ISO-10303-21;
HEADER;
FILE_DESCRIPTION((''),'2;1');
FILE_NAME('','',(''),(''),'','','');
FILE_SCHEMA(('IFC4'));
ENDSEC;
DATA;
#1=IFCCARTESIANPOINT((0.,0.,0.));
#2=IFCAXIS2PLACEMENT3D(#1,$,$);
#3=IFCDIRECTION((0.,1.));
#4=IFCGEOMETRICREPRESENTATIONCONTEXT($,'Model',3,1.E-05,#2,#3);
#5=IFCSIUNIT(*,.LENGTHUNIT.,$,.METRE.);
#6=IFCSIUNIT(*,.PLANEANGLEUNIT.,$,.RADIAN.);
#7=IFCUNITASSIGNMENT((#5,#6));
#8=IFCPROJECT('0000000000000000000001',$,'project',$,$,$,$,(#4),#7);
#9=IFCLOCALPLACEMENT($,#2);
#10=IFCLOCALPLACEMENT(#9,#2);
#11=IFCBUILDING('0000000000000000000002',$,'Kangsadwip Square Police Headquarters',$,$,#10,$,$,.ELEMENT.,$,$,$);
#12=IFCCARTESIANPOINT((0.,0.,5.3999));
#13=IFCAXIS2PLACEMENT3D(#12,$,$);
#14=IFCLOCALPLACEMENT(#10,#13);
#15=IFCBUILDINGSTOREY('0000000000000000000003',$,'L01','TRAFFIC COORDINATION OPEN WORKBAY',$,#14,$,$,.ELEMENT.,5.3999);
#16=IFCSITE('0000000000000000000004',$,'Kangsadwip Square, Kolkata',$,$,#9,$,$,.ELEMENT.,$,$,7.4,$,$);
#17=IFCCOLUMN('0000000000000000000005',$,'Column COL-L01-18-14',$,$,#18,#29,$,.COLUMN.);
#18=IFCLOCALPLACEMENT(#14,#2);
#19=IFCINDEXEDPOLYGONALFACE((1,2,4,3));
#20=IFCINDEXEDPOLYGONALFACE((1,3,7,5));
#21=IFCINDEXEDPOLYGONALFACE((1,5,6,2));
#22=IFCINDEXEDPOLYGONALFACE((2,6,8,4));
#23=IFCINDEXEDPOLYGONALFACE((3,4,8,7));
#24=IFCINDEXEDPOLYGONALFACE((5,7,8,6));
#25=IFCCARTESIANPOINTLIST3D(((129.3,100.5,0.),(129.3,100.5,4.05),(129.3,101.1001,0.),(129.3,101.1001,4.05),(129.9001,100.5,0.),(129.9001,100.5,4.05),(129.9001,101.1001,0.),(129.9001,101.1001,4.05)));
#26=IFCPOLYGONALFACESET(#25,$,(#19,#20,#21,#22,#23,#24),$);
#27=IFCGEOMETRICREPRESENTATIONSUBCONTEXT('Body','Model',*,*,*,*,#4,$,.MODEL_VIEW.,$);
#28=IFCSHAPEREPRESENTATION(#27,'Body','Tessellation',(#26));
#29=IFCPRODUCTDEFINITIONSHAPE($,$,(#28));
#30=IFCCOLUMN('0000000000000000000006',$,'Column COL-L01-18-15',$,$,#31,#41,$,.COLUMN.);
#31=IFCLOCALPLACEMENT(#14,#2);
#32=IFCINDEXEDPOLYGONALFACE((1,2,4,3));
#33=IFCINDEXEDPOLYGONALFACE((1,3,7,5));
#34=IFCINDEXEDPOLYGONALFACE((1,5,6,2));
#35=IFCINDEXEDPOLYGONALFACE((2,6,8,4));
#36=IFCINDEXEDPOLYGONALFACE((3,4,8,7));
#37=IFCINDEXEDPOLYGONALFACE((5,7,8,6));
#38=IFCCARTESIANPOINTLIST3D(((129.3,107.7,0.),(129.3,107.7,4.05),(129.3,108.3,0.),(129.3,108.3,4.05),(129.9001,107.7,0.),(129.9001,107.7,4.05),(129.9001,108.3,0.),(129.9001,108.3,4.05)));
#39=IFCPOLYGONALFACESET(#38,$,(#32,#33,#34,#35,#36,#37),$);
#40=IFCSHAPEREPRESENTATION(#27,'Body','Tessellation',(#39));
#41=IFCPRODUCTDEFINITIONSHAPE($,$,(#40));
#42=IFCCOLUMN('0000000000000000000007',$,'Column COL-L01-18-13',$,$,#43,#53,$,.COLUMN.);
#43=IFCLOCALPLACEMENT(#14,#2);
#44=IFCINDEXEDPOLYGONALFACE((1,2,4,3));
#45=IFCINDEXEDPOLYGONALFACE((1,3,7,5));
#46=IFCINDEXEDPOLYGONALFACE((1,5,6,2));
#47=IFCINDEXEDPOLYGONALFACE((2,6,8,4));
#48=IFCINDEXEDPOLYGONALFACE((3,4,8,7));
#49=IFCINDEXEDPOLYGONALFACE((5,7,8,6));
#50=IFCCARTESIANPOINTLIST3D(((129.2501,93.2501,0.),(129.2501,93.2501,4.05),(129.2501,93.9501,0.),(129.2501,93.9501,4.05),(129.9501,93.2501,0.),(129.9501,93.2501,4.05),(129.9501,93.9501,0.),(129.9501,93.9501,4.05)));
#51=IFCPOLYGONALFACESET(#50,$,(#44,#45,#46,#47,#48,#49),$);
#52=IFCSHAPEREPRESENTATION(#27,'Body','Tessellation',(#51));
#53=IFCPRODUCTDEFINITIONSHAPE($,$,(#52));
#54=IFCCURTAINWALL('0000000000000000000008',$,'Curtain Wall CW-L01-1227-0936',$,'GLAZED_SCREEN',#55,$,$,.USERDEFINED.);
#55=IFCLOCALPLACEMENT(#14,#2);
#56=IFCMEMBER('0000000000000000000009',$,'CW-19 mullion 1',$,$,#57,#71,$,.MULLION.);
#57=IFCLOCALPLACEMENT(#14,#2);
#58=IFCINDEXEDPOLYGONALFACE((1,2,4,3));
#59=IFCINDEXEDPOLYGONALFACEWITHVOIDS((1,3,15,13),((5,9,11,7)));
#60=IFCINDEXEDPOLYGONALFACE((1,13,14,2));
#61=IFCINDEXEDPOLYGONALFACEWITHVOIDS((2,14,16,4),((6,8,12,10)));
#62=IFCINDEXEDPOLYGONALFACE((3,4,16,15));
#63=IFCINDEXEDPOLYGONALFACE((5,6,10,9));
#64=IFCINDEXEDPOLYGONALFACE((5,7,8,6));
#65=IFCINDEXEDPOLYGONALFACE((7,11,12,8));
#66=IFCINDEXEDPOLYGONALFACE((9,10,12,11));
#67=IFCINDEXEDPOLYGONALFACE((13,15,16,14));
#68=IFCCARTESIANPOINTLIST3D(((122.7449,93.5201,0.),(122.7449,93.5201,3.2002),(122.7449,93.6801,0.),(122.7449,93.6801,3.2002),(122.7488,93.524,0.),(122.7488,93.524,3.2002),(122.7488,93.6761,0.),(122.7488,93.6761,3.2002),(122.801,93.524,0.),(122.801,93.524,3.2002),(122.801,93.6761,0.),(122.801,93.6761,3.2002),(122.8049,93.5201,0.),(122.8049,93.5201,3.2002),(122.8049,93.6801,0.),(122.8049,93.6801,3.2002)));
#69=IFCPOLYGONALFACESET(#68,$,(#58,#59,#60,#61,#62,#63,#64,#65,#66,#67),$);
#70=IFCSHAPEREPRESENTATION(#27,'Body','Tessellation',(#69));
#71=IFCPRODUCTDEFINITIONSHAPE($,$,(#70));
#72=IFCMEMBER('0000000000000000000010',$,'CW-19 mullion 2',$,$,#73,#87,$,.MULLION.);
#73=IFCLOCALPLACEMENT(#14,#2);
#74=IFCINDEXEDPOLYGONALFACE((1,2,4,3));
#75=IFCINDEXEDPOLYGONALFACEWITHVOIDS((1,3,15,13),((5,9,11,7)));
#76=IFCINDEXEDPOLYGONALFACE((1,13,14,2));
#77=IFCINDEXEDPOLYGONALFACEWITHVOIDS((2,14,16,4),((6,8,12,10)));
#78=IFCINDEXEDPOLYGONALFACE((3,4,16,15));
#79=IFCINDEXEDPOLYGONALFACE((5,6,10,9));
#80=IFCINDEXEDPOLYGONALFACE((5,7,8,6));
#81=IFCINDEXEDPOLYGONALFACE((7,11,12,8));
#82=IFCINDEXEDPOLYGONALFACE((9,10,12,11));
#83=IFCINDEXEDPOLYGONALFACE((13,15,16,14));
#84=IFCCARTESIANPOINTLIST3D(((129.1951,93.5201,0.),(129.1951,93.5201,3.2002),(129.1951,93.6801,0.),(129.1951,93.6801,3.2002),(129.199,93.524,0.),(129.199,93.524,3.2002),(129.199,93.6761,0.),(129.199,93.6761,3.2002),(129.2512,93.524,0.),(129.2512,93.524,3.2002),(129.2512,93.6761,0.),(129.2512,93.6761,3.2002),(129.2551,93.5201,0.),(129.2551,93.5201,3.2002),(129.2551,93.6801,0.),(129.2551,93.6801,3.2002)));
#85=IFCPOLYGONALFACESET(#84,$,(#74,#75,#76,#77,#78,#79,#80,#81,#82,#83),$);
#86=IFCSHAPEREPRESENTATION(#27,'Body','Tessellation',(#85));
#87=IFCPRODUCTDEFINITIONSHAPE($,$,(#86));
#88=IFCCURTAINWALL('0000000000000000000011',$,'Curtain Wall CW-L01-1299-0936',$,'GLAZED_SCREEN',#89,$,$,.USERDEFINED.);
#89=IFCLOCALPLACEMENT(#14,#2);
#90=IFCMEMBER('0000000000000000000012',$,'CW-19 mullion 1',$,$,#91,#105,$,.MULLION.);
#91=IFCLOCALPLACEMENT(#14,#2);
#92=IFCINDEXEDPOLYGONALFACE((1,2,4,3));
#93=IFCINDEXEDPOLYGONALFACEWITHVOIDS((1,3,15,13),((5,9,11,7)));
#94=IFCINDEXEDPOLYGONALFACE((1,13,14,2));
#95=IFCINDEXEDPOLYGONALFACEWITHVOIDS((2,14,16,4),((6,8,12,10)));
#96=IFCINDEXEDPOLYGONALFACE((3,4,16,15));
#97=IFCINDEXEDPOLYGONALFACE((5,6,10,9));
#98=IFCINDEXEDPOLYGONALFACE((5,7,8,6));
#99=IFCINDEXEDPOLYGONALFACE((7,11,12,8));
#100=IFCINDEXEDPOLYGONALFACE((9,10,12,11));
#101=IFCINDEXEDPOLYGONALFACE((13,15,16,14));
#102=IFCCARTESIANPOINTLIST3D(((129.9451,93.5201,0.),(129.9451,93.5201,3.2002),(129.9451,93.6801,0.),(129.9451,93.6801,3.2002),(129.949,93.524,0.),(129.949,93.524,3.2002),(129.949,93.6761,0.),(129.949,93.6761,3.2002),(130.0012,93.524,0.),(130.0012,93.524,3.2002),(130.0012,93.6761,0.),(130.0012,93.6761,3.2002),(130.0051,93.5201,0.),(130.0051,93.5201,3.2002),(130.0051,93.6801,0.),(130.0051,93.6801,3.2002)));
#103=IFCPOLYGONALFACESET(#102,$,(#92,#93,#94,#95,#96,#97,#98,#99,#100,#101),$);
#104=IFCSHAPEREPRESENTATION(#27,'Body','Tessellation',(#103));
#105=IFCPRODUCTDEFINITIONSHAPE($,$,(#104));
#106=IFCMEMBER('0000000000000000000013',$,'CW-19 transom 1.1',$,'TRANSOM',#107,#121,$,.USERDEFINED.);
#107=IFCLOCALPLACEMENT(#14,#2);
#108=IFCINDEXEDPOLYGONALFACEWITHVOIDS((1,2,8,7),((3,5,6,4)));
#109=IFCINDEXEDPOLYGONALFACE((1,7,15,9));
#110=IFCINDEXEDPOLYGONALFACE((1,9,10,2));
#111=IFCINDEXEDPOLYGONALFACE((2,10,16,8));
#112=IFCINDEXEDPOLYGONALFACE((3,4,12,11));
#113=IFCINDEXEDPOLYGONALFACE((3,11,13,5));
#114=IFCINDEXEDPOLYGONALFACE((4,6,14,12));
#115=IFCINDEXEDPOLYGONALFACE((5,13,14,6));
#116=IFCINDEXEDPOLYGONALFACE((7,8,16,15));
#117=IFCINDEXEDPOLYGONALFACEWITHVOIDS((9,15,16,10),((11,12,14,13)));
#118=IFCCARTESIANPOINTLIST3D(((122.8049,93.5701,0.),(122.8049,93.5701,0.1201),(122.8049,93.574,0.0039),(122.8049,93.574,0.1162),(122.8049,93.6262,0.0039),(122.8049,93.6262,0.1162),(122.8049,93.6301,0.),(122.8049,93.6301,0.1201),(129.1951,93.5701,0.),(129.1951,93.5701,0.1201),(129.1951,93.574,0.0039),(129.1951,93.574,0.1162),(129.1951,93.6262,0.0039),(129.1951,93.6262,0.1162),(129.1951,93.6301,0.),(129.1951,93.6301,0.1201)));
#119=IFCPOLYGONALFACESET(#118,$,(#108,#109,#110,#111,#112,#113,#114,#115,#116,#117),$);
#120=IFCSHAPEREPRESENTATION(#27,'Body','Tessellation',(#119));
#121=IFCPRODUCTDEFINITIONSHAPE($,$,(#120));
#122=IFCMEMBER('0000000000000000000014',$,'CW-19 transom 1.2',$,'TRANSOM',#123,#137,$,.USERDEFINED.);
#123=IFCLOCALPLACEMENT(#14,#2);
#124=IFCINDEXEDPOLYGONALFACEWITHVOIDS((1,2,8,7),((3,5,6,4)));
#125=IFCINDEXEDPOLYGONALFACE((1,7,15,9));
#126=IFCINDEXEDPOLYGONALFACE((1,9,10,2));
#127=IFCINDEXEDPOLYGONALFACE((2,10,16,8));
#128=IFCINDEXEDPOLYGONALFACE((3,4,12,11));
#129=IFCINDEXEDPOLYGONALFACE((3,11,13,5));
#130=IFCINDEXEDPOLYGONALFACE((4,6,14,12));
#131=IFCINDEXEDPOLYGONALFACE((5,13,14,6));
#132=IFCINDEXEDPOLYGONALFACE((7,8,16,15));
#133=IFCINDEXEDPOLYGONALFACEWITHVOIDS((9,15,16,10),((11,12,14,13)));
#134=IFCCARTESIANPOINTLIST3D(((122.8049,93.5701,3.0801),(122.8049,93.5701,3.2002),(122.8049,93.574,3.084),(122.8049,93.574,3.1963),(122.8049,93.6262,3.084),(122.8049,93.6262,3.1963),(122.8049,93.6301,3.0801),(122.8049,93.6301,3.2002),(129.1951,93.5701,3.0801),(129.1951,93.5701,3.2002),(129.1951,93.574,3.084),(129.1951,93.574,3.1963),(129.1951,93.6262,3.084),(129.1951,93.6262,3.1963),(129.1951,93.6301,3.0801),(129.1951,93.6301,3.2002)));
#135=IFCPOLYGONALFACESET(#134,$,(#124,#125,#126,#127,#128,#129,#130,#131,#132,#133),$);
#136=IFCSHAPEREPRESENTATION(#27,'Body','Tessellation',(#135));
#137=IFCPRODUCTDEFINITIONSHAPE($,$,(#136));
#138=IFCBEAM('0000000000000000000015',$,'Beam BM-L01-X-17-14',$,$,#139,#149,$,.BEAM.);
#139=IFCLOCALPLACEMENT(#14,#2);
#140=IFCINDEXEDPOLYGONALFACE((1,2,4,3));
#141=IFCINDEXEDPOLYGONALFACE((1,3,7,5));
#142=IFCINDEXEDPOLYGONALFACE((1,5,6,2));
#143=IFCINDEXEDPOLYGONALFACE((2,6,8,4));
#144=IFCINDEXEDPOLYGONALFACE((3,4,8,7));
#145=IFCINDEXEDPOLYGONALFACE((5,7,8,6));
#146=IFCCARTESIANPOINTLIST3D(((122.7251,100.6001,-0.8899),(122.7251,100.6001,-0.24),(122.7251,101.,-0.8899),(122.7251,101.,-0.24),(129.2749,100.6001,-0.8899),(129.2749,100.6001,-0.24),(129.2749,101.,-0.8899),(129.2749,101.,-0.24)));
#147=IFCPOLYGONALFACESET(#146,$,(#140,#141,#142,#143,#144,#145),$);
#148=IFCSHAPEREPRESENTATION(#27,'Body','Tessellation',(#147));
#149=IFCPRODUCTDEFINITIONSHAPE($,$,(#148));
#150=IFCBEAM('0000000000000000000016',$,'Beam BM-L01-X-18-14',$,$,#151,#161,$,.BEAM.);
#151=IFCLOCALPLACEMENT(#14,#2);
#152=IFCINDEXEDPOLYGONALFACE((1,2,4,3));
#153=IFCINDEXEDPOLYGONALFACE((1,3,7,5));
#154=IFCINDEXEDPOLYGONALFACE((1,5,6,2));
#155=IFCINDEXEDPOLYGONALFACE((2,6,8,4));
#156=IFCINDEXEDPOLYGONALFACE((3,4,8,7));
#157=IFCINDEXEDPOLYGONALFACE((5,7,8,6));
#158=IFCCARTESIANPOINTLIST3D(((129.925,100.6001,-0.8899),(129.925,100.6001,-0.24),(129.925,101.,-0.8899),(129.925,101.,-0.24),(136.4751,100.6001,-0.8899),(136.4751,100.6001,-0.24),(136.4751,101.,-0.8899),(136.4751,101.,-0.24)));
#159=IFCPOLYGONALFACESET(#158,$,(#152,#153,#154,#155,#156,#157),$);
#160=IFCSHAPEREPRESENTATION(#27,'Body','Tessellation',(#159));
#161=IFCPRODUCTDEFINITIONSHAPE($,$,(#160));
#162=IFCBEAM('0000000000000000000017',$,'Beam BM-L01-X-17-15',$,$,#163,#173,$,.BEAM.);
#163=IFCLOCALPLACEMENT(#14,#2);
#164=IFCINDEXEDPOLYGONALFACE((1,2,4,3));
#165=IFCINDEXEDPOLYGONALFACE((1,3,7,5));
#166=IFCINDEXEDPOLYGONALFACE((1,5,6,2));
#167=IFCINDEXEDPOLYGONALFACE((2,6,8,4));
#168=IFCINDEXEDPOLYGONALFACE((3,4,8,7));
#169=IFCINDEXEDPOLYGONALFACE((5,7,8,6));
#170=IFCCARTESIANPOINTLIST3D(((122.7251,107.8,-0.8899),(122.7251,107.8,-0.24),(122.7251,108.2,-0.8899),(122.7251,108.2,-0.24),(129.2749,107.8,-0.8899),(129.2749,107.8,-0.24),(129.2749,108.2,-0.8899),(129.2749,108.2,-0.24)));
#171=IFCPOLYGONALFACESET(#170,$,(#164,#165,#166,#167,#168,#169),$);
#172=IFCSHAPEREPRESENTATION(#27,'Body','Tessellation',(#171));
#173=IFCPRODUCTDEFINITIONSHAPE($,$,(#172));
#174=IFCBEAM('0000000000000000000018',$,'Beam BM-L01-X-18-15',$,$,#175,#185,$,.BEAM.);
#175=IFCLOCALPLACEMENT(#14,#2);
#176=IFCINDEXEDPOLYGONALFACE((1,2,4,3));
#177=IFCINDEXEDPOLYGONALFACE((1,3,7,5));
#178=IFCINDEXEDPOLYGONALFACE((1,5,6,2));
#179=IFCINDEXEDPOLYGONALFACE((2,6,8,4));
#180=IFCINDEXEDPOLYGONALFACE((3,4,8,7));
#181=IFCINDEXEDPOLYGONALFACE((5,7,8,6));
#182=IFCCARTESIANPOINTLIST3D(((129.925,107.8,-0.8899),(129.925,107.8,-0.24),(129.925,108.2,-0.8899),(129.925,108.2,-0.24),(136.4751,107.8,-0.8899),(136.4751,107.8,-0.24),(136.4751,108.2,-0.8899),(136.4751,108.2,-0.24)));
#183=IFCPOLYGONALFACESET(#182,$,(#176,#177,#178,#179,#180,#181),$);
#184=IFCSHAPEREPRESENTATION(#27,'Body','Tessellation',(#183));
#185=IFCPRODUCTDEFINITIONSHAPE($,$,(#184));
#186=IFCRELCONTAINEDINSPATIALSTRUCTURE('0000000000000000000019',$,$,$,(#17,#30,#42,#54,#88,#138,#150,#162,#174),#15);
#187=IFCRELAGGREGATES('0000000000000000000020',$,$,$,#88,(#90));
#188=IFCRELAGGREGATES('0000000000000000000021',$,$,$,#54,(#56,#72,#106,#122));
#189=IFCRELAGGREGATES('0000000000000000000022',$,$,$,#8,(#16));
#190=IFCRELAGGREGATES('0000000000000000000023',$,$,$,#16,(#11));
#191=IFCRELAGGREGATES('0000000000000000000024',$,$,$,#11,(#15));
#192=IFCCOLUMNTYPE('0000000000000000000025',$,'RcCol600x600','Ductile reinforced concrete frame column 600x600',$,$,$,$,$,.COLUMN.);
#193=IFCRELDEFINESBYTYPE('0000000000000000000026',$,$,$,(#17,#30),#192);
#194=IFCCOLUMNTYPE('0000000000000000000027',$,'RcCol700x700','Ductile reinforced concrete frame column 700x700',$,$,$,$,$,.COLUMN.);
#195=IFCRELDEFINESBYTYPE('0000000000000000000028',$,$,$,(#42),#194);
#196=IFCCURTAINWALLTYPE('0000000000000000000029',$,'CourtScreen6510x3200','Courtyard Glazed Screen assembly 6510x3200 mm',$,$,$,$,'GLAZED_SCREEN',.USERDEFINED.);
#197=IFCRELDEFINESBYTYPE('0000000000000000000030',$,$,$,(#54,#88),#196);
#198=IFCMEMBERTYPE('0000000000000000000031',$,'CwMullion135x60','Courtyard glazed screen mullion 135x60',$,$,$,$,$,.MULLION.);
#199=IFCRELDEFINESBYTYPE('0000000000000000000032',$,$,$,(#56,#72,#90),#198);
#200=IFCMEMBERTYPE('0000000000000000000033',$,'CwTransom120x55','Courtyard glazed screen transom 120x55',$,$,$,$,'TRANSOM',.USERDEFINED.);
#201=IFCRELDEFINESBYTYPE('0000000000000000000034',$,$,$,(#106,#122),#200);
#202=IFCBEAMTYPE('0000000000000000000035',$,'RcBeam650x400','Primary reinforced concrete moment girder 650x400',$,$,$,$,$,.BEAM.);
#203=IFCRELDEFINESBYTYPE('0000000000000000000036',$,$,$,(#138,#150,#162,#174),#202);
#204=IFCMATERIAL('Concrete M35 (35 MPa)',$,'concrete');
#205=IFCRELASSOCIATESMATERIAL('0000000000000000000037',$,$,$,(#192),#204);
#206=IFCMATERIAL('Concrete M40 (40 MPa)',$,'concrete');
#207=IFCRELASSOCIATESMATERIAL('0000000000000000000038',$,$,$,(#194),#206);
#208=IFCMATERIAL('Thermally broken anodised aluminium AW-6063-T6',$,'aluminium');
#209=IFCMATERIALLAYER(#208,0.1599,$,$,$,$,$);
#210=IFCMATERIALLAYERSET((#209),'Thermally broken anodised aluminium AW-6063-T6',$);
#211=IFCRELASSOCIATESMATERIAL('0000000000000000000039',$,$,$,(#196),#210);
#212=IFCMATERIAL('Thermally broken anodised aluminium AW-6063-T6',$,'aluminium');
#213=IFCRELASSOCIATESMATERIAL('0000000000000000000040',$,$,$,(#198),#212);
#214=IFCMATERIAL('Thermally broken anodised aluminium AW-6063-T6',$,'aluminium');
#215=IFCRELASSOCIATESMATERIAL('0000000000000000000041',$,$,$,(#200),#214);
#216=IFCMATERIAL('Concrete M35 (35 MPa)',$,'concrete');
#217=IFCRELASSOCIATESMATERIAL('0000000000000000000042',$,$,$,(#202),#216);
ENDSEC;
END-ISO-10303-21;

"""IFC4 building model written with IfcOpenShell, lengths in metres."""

from ifc_helpers import new_model, si_unit, direction, frame, origin, origin_2d, place, context, subcontext, project, spatial, rectangle, hollow_rectangle, extrude, material, layer, layer_set, material_profile, profile_set, type_object, element, aggregate, save


model = new_model("IFC4")

# Units and contexts
model_context = context("Model", 3, precision=1e-05, world=origin(), true_north=direction((0.0, 1.0)))
body_context = subcontext(model_context, "Body", "Model", "MODEL_VIEW")
ifc_project = project(units=[si_unit("LENGTHUNIT", "METRE"), si_unit("PLANEANGLEUNIT", "RADIAN")], contexts=[model_context])

# Site, building, storey
site_placement = place(None, origin())
site = spatial("IfcSite", under=ifc_project, at=site_placement, Name="Kangsadwip Square, Kolkata", CompositionType="ELEMENT", RefElevation=7.4)
building_placement = place(site_placement, origin())
building = spatial("IfcBuilding", under=site, at=building_placement, Name="Kangsadwip Square Police Headquarters", CompositionType="ELEMENT")
storey_placement = place(building_placement, frame((0.0, 0.0, 5.3999)))
storey = spatial("IfcBuildingStorey", under=building, at=storey_placement, Name="L01", Description="TRAFFIC COORDINATION OPEN WORKBAY", CompositionType="ELEMENT", Elevation=5.3999)

# Columns
ifc_material_1 = material(Name="Concrete M35 (35 MPa)", Category="concrete")
ifc_material_profile_1 = material_profile(ifc_material_1, rectangle(XDim=0.6001, YDim=0.6001, at=origin_2d()), Name="RC COL 600X600")
ifc_profile_set_1 = profile_set([ifc_material_profile_1], Name="Concrete M35 (35 MPa)")
column_type_1 = type_object("IfcColumnType", Name="RcCol600x600", Description="Ductile reinforced concrete frame column 600x600", PredefinedType="COLUMN", material=ifc_profile_set_1)
for number, where, z_axis, x_axis, name in (
    (1, (129.6001, 100.8, 0.0), (0.0, 0.0, 1.0), (1.0, 0.0, 0.0), "Column COL-L01-18-14"),
    (2, (129.6001, 108.0, 0.0), (0.0, 0.0, 1.0), (1.0, 0.0, 0.0), "Column COL-L01-18-15"),
):
    element("IfcColumn", number, at=place(storey_placement, frame(where, z_axis=z_axis, x_axis=x_axis)), inside=storey, type_object=column_type_1, Name=name, PredefinedType="COLUMN", context=body_context, shape_type="SweptSolid", body=[
        extrude(rectangle(XDim=0.6001, YDim=0.6001, at=origin_2d()), origin(), (0.0, 0.0, 1.0), 4.05),
    ])
ifc_material_2 = material(Name="Concrete M40 (40 MPa)", Category="concrete")
ifc_material_profile_2 = material_profile(ifc_material_2, rectangle(XDim=0.7, YDim=0.7, at=origin_2d()), Name="RC COL 700X700")
ifc_profile_set_2 = profile_set([ifc_material_profile_2], Name="Concrete M40 (40 MPa)")
column_type_2 = type_object("IfcColumnType", Name="RcCol700x700", Description="Ductile reinforced concrete frame column 700x700", PredefinedType="COLUMN", material=ifc_profile_set_2)
column_placement = place(storey_placement, frame((129.6001, 93.6001, 0.0), z_axis=(0.0, 0.0, 1.0), x_axis=(1.0, 0.0, 0.0)))
element("IfcColumn", 3, at=column_placement, inside=storey, type_object=column_type_2, Name="Column COL-L01-18-13", PredefinedType="COLUMN", context=body_context, shape_type="SweptSolid", body=[
    extrude(rectangle(XDim=0.7, YDim=0.7, at=origin_2d()), origin(), (0.0, 0.0, 1.0), 4.05),
])

# Curtain wall, members
ifc_material_3 = material(Name="Thermally broken anodised aluminium AW-6063-T6", Category="aluminium")
ifc_layer_1 = layer(ifc_material_3, 0.1599)
ifc_layer_set_1 = layer_set([ifc_layer_1], Name="Thermally broken anodised aluminium AW-6063-T6")
curtain_wall_type = type_object("IfcCurtainWallType", Name="CourtScreen6510x3200", Description="Courtyard Glazed Screen assembly 6510x3200 mm", ElementType="GLAZED_SCREEN", PredefinedType="USERDEFINED", material=ifc_layer_set_1)
curtain_wall_1_placement = place(storey_placement, origin())
curtain_wall_1 = element("IfcCurtainWall", 4, at=curtain_wall_1_placement, inside=storey, type_object=curtain_wall_type, Name="Curtain Wall CW-L01-1227-0936", ObjectType="GLAZED_SCREEN", PredefinedType="USERDEFINED")
ifc_material_4 = material(Name="Thermally broken anodised aluminium AW-6063-T6", Category="aluminium")
ifc_material_profile_3 = material_profile(ifc_material_4, hollow_rectangle(XDim=0.0601, YDim=0.1599, WallThickness=0.0039, at=origin_2d()), Name="CWM 160X60X4")
ifc_profile_set_3 = profile_set([ifc_material_profile_3], Name="Thermally broken anodised aluminium AW-6063-T6")
member_type_1 = type_object("IfcMemberType", Name="CwMullion135x60", Description="Courtyard glazed screen mullion 135x60", PredefinedType="MULLION", material=ifc_profile_set_3)
member_1_placement = place(storey_placement, frame((122.7749, 93.6001, 0.0), z_axis=(0.0, 0.0, 1.0), x_axis=(1.0, 0.0, 0.0)))
member_1 = element("IfcMember", 5, at=member_1_placement, type_object=member_type_1, Name="CW-19 mullion 1", PredefinedType="MULLION", context=body_context, shape_type="SweptSolid", body=[
    extrude(hollow_rectangle(XDim=0.0601, YDim=0.1599, WallThickness=0.0039, at=origin_2d()), origin(), (0.0, 0.0, 1.0), 3.2002),
])
member_2_placement = place(storey_placement, frame((129.2251, 93.6001, 0.0), z_axis=(0.0, 0.0, 1.0), x_axis=(1.0, 0.0, 0.0)))
member_2 = element("IfcMember", 6, at=member_2_placement, type_object=member_type_1, Name="CW-19 mullion 2", PredefinedType="MULLION", context=body_context, shape_type="SweptSolid", body=[
    extrude(hollow_rectangle(XDim=0.0601, YDim=0.1599, WallThickness=0.0039, at=origin_2d()), origin(), (0.0, 0.0, 1.0), 3.2002),
])

# Curtain wall, member
curtain_wall_2_placement = place(storey_placement, origin())
curtain_wall_2 = element("IfcCurtainWall", 7, at=curtain_wall_2_placement, inside=storey, type_object=curtain_wall_type, Name="Curtain Wall CW-L01-1299-0936", ObjectType="GLAZED_SCREEN", PredefinedType="USERDEFINED")
member_3_placement = place(storey_placement, frame((129.9751, 93.6001, 0.0), z_axis=(0.0, 0.0, 1.0), x_axis=(1.0, 0.0, 0.0)))
member_3 = element("IfcMember", 8, at=member_3_placement, type_object=member_type_1, Name="CW-19 mullion 1", PredefinedType="MULLION", context=body_context, shape_type="SweptSolid", body=[
    extrude(hollow_rectangle(XDim=0.0601, YDim=0.1599, WallThickness=0.0039, at=origin_2d()), origin(), (0.0, 0.0, 1.0), 3.2002),
])
aggregate(curtain_wall_2, [member_3])

# Members
ifc_material_5 = material(Name="Thermally broken anodised aluminium AW-6063-T6", Category="aluminium")
ifc_material_profile_4 = material_profile(ifc_material_5, hollow_rectangle(XDim=0.0601, YDim=0.1201, WallThickness=0.0039, at=origin_2d()), Name="CWT 120X60X4")
ifc_profile_set_4 = profile_set([ifc_material_profile_4], Name="Thermally broken anodised aluminium AW-6063-T6")
member_type_2 = type_object("IfcMemberType", Name="CwTransom120x55", Description="Courtyard glazed screen transom 120x55", ElementType="TRANSOM", PredefinedType="USERDEFINED", material=ifc_profile_set_4)
member_4_placement = place(storey_placement, frame((122.8049, 93.6001, 0.0601), z_axis=(1.0, 0.0, 0.0), x_axis=(0.0, 1.0, 0.0)))
member_4 = element("IfcMember", 9, at=member_4_placement, type_object=member_type_2, Name="CW-19 transom 1.1", ObjectType="TRANSOM", PredefinedType="USERDEFINED", context=body_context, shape_type="SweptSolid", body=[
    extrude(hollow_rectangle(XDim=0.0601, YDim=0.1201, WallThickness=0.0039, at=origin_2d()), origin(), (0.0, 0.0, 1.0), 6.3901),
])
member_5_placement = place(storey_placement, frame((122.8049, 93.6001, 3.1401), z_axis=(1.0, 0.0, 0.0), x_axis=(0.0, 1.0, 0.0)))
member_5 = element("IfcMember", 10, at=member_5_placement, type_object=member_type_2, Name="CW-19 transom 1.2", ObjectType="TRANSOM", PredefinedType="USERDEFINED", context=body_context, shape_type="SweptSolid", body=[
    extrude(hollow_rectangle(XDim=0.0601, YDim=0.1201, WallThickness=0.0039, at=origin_2d()), origin(), (0.0, 0.0, 1.0), 6.3901),
])

# Beams
ifc_material_6 = material(Name="Concrete M35 (35 MPa)", Category="concrete")
ifc_material_profile_5 = material_profile(ifc_material_6, rectangle(XDim=0.3999, YDim=0.6499, at=origin_2d()), Name="RC BM 650X400")
ifc_profile_set_5 = profile_set([ifc_material_profile_5], Name="Concrete M35 (35 MPa)")
beam_type_1 = type_object("IfcBeamType", Name="RcBeam650x400", Description="Primary reinforced concrete moment girder 650x400", PredefinedType="BEAM", material=ifc_profile_set_5)
beam_1_placement = place(storey_placement, frame((122.7251, 100.8, -0.5649), z_axis=(1.0, 0.0, 0.0), x_axis=(0.0, 1.0, 0.0)))
element("IfcBeam", 11, at=beam_1_placement, inside=storey, type_object=beam_type_1, Name="Beam BM-L01-X-17-14", PredefinedType="BEAM", context=body_context, shape_type="SweptSolid", body=[
    extrude(rectangle(XDim=0.3999, YDim=0.6499, at=origin_2d()), origin(), (0.0, 0.0, 1.0), 6.5498),
])
beam_2_placement = place(storey_placement, frame((129.925, 100.8, -0.5649), z_axis=(1.0, 0.0, 0.0), x_axis=(0.0, 1.0, 0.0)))
element("IfcBeam", 12, at=beam_2_placement, inside=storey, type_object=beam_type_1, Name="Beam BM-L01-X-18-14", PredefinedType="BEAM", context=body_context, shape_type="SweptSolid", body=[
    extrude(rectangle(XDim=0.3999, YDim=0.6499, at=origin_2d()), origin(), (0.0, 0.0, 1.0), 6.55),
])
beam_3_placement = place(storey_placement, frame((122.7251, 108.0, -0.5649), z_axis=(1.0, 0.0, 0.0), x_axis=(0.0, 1.0, 0.0)))
element("IfcBeam", 13, at=beam_3_placement, inside=storey, type_object=beam_type_1, Name="Beam BM-L01-X-17-15", PredefinedType="BEAM", context=body_context, shape_type="SweptSolid", body=[
    extrude(rectangle(XDim=0.3999, YDim=0.6499, at=origin_2d()), origin(), (0.0, 0.0, 1.0), 6.5498),
])
beam_4_placement = place(storey_placement, frame((129.925, 108.0, -0.5649), z_axis=(1.0, 0.0, 0.0), x_axis=(0.0, 1.0, 0.0)))
element("IfcBeam", 14, at=beam_4_placement, inside=storey, type_object=beam_type_1, Name="Beam BM-L01-X-18-15", PredefinedType="BEAM", context=body_context, shape_type="SweptSolid", body=[
    extrude(rectangle(XDim=0.3999, YDim=0.6499, at=origin_2d()), origin(), (0.0, 0.0, 1.0), 6.55),
])

aggregate(curtain_wall_1, [member_1, member_2, member_4, member_5])

save(model, "model.ifc")
